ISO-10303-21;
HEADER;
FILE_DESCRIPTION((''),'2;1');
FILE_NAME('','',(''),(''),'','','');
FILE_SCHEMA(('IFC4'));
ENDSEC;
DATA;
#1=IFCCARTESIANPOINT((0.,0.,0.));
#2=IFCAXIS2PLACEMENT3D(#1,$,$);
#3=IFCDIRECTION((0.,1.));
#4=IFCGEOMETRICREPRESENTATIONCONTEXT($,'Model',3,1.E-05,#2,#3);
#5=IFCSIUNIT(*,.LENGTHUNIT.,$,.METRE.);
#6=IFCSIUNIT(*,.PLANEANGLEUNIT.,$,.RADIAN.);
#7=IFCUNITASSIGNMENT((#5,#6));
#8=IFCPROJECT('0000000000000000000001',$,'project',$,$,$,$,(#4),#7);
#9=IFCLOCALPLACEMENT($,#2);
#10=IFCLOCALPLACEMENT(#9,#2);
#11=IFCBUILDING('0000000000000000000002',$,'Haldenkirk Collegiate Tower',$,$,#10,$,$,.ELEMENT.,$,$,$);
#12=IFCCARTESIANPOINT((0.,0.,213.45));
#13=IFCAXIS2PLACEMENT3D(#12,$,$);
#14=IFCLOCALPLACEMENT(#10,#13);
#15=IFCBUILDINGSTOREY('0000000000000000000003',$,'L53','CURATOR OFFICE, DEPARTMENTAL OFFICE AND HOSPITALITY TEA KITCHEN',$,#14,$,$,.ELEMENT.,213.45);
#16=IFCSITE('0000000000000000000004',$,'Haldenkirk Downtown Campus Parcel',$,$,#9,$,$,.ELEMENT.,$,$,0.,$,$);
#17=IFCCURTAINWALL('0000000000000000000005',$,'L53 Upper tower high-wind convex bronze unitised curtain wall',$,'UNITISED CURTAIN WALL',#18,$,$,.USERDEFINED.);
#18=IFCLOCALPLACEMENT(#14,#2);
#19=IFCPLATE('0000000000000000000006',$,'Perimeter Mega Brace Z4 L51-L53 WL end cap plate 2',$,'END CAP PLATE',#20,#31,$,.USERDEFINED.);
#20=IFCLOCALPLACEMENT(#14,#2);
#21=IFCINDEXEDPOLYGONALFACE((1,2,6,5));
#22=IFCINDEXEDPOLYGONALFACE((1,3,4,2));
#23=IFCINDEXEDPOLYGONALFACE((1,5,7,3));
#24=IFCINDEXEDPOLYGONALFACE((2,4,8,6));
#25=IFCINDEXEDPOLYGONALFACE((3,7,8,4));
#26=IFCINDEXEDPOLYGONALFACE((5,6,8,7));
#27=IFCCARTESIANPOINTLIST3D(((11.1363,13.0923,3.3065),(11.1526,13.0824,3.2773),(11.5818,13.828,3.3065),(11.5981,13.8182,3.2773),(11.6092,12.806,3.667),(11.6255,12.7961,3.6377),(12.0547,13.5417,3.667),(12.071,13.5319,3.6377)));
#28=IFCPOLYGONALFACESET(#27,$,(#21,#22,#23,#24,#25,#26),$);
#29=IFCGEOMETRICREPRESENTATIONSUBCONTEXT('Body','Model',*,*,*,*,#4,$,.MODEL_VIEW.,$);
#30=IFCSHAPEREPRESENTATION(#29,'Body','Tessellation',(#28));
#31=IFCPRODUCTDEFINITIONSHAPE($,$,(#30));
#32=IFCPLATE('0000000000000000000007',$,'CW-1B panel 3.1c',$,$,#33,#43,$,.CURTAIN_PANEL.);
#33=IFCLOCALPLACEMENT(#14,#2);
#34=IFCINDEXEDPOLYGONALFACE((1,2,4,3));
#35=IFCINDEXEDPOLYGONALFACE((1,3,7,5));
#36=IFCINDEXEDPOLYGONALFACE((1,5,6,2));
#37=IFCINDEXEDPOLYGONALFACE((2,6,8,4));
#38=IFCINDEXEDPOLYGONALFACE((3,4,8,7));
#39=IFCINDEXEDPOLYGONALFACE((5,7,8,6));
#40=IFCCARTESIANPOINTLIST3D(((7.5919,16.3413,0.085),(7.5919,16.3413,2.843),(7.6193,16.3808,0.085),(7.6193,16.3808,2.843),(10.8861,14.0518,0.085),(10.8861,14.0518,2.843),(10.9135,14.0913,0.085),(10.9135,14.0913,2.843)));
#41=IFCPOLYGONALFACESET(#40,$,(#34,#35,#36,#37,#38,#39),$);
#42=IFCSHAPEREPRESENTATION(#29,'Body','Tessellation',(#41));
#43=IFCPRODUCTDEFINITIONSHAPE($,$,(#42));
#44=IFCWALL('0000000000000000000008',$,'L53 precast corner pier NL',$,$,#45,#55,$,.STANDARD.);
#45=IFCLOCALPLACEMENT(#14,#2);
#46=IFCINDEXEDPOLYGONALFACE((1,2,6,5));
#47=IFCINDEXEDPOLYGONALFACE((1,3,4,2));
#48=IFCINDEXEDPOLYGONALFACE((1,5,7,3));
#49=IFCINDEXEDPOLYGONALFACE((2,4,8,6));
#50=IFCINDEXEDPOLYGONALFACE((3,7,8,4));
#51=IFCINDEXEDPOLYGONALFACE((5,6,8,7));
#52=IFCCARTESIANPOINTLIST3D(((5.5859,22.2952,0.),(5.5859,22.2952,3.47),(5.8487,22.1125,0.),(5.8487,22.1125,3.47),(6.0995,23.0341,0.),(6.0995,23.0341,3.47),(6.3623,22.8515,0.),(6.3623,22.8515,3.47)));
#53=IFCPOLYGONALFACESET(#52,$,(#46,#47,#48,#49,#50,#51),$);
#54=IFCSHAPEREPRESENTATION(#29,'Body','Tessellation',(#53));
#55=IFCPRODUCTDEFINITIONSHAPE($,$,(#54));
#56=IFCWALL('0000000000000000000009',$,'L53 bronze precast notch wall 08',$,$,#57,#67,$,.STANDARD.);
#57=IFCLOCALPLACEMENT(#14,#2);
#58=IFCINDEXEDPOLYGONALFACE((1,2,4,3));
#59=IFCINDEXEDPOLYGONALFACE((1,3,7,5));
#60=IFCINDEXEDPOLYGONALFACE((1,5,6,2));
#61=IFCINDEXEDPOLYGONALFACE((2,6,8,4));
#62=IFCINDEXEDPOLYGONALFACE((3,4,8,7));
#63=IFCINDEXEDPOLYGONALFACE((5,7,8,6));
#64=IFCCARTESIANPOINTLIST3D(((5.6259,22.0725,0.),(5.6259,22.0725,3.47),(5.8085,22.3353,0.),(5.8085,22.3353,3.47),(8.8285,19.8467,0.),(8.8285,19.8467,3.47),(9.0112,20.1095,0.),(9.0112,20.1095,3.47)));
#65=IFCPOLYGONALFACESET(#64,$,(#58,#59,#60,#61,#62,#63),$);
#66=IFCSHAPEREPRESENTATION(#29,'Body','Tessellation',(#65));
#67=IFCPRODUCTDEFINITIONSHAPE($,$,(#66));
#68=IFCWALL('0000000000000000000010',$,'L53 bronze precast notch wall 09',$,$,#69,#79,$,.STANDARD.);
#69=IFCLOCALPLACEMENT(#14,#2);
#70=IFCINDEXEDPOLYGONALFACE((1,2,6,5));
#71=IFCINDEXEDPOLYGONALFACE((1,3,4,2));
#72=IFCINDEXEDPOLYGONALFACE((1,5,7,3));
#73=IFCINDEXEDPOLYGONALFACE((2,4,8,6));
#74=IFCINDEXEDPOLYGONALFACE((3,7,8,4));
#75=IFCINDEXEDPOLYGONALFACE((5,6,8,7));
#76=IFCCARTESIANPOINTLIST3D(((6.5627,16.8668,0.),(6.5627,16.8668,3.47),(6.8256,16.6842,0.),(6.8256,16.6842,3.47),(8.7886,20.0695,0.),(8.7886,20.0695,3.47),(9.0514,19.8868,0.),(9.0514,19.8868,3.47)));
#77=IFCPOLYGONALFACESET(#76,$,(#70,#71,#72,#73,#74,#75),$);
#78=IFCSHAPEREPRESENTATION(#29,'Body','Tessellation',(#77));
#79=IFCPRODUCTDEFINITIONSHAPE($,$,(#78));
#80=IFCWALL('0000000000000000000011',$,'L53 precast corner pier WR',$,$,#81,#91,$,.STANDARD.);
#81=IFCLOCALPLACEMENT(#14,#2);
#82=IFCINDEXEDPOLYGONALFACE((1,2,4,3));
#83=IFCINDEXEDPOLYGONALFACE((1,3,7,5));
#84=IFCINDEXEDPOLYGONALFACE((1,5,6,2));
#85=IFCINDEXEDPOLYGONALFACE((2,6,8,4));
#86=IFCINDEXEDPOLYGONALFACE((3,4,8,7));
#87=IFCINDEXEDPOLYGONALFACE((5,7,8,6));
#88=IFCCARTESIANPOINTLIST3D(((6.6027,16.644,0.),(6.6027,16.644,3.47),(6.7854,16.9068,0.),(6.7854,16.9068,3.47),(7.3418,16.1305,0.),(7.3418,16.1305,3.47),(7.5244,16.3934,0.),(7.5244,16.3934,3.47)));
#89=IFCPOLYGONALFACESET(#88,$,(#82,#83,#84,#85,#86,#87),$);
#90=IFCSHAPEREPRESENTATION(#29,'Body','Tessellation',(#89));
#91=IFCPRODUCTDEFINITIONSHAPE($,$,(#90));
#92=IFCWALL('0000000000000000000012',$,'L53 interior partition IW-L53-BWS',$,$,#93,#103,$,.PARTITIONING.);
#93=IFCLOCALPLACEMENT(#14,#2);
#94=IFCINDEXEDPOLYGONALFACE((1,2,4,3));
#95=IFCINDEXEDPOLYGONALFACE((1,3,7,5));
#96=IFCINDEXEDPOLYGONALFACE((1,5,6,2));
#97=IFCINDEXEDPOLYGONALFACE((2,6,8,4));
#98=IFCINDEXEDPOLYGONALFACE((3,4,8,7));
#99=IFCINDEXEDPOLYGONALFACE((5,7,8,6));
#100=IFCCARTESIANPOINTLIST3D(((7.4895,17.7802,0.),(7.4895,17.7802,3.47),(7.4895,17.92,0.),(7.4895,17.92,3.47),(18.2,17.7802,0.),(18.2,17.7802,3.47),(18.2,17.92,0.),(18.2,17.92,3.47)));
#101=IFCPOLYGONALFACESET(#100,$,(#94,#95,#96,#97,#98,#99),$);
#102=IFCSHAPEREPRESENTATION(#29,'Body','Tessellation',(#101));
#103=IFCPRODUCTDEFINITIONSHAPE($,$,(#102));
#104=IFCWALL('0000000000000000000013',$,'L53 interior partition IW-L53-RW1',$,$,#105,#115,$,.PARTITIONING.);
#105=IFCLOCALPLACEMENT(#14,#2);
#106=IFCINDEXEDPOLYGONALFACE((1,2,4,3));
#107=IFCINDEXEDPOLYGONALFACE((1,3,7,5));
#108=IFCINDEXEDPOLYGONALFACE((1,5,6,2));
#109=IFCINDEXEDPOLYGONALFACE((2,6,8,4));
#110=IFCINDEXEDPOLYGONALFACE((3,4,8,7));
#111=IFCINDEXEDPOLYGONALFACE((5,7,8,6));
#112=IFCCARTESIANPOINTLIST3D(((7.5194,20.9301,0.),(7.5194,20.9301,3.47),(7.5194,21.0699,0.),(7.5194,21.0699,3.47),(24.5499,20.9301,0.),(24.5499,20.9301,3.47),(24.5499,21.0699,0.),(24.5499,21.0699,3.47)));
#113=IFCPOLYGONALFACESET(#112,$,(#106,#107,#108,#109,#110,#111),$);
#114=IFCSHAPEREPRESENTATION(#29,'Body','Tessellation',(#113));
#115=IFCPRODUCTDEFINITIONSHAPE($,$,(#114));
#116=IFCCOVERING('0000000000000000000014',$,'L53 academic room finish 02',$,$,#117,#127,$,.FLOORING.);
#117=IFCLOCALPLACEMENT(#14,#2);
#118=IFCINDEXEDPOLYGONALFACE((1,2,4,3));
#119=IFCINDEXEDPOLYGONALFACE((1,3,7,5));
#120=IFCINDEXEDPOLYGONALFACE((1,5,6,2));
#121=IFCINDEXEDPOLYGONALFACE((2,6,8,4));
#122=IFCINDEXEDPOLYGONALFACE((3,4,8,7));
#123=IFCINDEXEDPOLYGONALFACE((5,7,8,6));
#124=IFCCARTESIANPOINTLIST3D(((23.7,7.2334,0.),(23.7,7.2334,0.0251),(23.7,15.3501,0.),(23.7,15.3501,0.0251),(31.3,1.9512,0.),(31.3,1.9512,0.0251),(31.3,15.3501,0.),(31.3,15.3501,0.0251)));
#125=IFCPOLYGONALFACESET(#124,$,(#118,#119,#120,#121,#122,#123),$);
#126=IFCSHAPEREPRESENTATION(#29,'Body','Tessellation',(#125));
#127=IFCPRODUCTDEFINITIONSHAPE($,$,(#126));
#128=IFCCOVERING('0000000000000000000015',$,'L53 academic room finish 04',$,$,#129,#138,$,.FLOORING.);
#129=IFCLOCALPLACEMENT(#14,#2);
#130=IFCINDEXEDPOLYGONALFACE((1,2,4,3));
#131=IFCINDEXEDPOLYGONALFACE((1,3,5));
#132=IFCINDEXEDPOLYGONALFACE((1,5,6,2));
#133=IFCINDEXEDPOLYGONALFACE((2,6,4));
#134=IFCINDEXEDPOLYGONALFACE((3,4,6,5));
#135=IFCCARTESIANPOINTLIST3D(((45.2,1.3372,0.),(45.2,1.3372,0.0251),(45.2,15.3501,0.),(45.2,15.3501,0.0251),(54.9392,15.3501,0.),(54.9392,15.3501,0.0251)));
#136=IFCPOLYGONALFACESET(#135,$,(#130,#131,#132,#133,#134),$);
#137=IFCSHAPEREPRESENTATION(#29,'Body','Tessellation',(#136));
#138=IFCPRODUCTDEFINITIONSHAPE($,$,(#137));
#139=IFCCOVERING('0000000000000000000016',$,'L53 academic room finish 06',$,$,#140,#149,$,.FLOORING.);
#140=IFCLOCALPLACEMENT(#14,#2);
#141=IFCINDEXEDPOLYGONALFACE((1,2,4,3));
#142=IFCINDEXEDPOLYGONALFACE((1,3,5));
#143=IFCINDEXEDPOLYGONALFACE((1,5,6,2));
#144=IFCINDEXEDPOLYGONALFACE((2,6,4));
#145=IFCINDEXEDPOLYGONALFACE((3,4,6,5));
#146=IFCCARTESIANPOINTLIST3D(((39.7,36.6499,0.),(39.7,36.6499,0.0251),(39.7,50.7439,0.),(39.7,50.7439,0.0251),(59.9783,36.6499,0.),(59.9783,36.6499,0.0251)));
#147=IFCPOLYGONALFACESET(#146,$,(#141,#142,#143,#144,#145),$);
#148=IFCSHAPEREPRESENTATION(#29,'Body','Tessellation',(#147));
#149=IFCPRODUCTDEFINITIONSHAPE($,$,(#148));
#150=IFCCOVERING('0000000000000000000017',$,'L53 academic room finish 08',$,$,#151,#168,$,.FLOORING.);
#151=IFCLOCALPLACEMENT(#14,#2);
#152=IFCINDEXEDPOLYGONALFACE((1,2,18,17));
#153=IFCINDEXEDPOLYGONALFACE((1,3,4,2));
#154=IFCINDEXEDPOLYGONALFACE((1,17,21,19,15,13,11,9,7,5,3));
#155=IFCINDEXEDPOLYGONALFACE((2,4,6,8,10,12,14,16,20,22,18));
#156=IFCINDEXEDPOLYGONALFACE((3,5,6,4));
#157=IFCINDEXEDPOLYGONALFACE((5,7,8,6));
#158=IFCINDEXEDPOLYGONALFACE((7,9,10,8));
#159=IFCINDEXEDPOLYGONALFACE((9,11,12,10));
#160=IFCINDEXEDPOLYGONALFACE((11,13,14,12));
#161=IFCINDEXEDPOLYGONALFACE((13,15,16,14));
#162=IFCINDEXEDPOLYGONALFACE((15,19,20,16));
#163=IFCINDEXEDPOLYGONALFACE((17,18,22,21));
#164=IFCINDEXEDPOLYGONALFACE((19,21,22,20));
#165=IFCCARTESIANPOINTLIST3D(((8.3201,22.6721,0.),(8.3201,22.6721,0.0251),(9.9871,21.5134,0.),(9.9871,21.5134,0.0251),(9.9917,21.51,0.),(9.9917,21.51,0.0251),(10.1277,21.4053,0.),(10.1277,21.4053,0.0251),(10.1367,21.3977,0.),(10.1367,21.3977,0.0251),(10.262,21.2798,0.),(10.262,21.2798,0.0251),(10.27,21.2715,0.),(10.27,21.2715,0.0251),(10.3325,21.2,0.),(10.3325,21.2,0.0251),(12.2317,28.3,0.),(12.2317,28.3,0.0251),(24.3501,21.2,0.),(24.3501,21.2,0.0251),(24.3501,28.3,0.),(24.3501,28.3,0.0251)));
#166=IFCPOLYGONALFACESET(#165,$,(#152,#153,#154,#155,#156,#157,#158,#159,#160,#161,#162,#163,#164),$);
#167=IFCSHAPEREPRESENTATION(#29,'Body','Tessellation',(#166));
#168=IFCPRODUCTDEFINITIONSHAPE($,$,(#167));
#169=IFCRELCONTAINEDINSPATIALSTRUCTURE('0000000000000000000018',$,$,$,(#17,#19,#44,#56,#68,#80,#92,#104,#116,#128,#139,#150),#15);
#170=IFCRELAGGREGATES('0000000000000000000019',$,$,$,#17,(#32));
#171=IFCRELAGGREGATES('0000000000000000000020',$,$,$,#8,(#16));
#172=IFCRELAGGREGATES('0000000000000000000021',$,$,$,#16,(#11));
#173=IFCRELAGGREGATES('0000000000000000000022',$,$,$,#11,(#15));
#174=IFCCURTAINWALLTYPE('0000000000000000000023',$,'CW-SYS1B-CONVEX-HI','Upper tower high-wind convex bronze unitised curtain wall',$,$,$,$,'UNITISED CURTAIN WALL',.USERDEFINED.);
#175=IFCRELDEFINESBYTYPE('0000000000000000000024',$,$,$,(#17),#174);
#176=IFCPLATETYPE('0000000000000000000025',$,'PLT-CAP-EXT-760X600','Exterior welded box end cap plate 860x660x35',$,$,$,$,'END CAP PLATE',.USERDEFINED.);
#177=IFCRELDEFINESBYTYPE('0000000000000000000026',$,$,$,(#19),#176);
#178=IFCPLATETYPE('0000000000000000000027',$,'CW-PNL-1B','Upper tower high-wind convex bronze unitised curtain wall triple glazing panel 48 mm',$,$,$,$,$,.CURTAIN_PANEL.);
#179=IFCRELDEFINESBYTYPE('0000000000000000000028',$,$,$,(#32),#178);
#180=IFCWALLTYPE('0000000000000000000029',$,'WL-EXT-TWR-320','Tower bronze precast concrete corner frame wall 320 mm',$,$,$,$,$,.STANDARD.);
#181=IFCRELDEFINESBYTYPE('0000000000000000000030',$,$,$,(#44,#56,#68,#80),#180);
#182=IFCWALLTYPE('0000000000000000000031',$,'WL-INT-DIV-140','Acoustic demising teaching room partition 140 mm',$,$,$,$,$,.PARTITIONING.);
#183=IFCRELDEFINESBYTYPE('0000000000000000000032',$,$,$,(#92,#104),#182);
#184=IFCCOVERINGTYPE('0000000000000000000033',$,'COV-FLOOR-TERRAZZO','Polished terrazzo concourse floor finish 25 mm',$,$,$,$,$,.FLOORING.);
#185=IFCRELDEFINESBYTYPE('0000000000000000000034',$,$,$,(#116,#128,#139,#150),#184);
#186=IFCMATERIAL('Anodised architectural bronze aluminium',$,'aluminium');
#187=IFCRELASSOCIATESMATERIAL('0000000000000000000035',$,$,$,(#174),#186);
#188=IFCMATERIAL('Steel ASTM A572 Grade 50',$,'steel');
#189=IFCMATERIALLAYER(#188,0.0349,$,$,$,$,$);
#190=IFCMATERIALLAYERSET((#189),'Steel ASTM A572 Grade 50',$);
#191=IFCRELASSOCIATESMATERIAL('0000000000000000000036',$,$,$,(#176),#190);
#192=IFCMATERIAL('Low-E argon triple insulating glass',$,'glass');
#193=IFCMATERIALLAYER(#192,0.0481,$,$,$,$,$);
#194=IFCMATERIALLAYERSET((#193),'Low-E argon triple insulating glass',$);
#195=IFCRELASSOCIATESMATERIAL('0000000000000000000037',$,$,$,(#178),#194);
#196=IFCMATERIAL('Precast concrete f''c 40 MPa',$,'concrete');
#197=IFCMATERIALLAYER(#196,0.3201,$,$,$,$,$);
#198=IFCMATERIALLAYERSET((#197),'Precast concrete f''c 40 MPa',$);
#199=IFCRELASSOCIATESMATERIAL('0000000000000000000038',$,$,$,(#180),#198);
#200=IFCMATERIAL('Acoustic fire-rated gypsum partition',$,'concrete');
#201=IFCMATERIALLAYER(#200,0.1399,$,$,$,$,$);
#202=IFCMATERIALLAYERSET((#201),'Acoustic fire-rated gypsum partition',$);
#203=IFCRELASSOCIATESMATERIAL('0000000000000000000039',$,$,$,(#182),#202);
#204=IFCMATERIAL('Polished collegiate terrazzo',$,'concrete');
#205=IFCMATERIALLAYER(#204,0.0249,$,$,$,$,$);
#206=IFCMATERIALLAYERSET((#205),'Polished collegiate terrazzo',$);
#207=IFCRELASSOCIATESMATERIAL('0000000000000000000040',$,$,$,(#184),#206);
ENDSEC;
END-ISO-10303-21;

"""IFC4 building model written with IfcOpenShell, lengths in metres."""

from ifc_helpers import new_model, si_unit, direction, frame, frame_2d, origin, origin_2d, place, context, subcontext, project, spatial, polyline, rectangle, outline, extrude, source, transform, mapped, material, layer, layer_set, type_object, element, aggregate, save


model = new_model("IFC4")

# Units and contexts
model_context = context("Model", 3, precision=1e-05, world=origin(), true_north=direction((0.0, 1.0)))
body_context = subcontext(model_context, "Body", "Model", "MODEL_VIEW")
ifc_project = project(units=[si_unit("LENGTHUNIT", "METRE"), si_unit("PLANEANGLEUNIT", "RADIAN")], contexts=[model_context])

# Site, building, storey
site_placement = place(None, origin())
site = spatial("IfcSite", under=ifc_project, at=site_placement, Name="Haldenkirk Downtown Campus Parcel", CompositionType="ELEMENT", RefElevation=0.0)
building_placement = place(site_placement, origin())
building = spatial("IfcBuilding", under=site, at=building_placement, Name="Haldenkirk Collegiate Tower", CompositionType="ELEMENT")
storey_placement = place(building_placement, frame((0.0, 0.0, 213.45)))
storey = spatial("IfcBuildingStorey", under=building, at=storey_placement, Name="L53", Description="CURATOR OFFICE, DEPARTMENTAL OFFICE AND HOSPITALITY TEA KITCHEN", CompositionType="ELEMENT", Elevation=213.45)

# Shared definitions
ifc_material_1 = material(Name="Steel ASTM A572 Grade 50", Category="steel")

# Curtain wall
ifc_material_2 = material(Name="Anodised architectural bronze aluminium", Category="aluminium")
curtain_wall_type = type_object("IfcCurtainWallType", Name="CW-SYS1B-CONVEX-HI", Description="Upper tower high-wind convex bronze unitised curtain wall", ElementType="UNITISED CURTAIN WALL", PredefinedType="USERDEFINED", material=ifc_material_2)
curtain_wall_placement = place(storey_placement, origin())
curtain_wall = element("IfcCurtainWall", 1, at=curtain_wall_placement, inside=storey, type_object=curtain_wall_type, Name="L53 Upper tower high-wind convex bronze unitised curtain wall", ObjectType="UNITISED CURTAIN WALL", PredefinedType="USERDEFINED")

# Plates
ifc_layer_1 = layer(ifc_material_1, 0.0349)
ifc_layer_set_1 = layer_set([ifc_layer_1], Name="Steel ASTM A572 Grade 50")
plate_type_1 = type_object("IfcPlateType", Name="PLT-CAP-EXT-760X600", Description="Exterior welded box end cap plate 860x660x35", ElementType="END CAP PLATE", PredefinedType="USERDEFINED", material=ifc_layer_set_1)
shared_shape_1 = source(origin(), body_context, "Body", "SweptSolid", [
    extrude(rectangle(XDim=0.8601, YDim=0.6599, at=origin_2d()), origin(), (0.0, 0.0, 1.0), 0.0349),
])
plate_1_placement = place(storey_placement, frame((11.6118, 13.3071, 3.4575), z_axis=(-0.467232, 0.282896, 0.837654), x_axis=(-0.517934, -0.855421, 0.0)))
element("IfcPlate", 2, at=plate_1_placement, inside=storey, type_object=plate_type_1, Name="Perimeter Mega Brace Z4 L51-L53 WL end cap plate 2", ObjectType="END CAP PLATE", PredefinedType="USERDEFINED", context=body_context, shape_type="MappedRepresentation", body=[
    mapped(shared_shape_1, transform((0.0, 0.0, 0.0), x_axis=(1.0, 0.0, 0.0), y_axis=(0.0, 1.0, 0.0), z_axis=(0.0, 0.0, 1.0), scale=1.0)),
])
ifc_material_3 = material(Name="Low-E argon triple insulating glass", Category="glass")
ifc_layer_2 = layer(ifc_material_3, 0.0481)
ifc_layer_set_2 = layer_set([ifc_layer_2], Name="Low-E argon triple insulating glass")
plate_type_2 = type_object("IfcPlateType", Name="CW-PNL-1B", Description="Upper tower high-wind convex bronze unitised curtain wall triple glazing panel 48 mm", PredefinedType="CURTAIN_PANEL", material=ifc_layer_set_2)
shared_shape_2 = source(origin(), body_context, "Body", "SweptSolid", [
    extrude(rectangle(XDim=4.0117, YDim=0.0481, at=origin_2d()), origin(), (0.0, 0.0, 1.0), 2.7581),
])
plate_2_placement = place(storey_placement, frame((9.2527, 15.2163, 0.085), z_axis=(0.0, 0.0, 1.0), x_axis=(-0.821148, 0.570715, 0.0)))
plate_2 = element("IfcPlate", 3, at=plate_2_placement, type_object=plate_type_2, Name="CW-1B panel 3.1c", PredefinedType="CURTAIN_PANEL", context=body_context, shape_type="MappedRepresentation", body=[
    mapped(shared_shape_2, transform((0.0, 0.0, 0.0), x_axis=(1.0, 0.0, 0.0), y_axis=(0.0, 1.0, 0.0), z_axis=(0.0, 0.0, 1.0), scale=1.0)),
])
aggregate(curtain_wall, [plate_2])

# Walls
ifc_material_4 = material(Name="Precast concrete f'c 40 MPa", Category="concrete")
ifc_layer_3 = layer(ifc_material_4, 0.3201)
ifc_layer_set_3 = layer_set([ifc_layer_3], Name="Precast concrete f'c 40 MPa")
wall_type_1 = type_object("IfcWallType", Name="WL-EXT-TWR-320", Description="Tower bronze precast concrete corner frame wall 320 mm", PredefinedType="STANDARD", material=ifc_layer_set_3)
wall_1_placement = place(storey_placement, frame((5.7173, 22.2039, 0.0), z_axis=(0.0, 0.0, 1.0), x_axis=(0.570747, 0.821126, 0.0)))
element("IfcWall", 4, at=wall_1_placement, inside=storey, type_object=wall_type_1, Name="L53 precast corner pier NL", PredefinedType="STANDARD", context=body_context, shape_type="SweptSolid", body=[
    extrude(rectangle(XDim=0.8999, YDim=0.3201, at=frame_2d((0.45, 0.0))), origin(), (0.0, 0.0, 1.0), 3.47),
])
for number, where, z_axis, x_axis, name in (
    (5, (8.9199, 19.978, 0.0), (0.0, 0.0, 1.0), (-0.821156, 0.570703, 0.0), "L53 bronze precast notch wall 08"),
    (6, (6.6941, 16.7754, 0.0), (0.0, 0.0, 1.0), (0.570703, 0.821156, 0.0), "L53 bronze precast notch wall 09"),
):
    element("IfcWall", number, at=place(storey_placement, frame(where, z_axis=z_axis, x_axis=x_axis)), inside=storey, type_object=wall_type_1, Name=name, PredefinedType="STANDARD", context=body_context, shape_type="SweptSolid", body=[
        extrude(rectangle(XDim=3.9001, YDim=0.3201, at=frame_2d((1.9502, 0.0))), origin(), (0.0, 0.0, 1.0), 3.47),
    ])
wall_2_placement = place(storey_placement, frame((7.4331, 16.262, 0.0), z_axis=(0.0, 0.0, 1.0), x_axis=(-0.821253, 0.570564, 0.0)))
element("IfcWall", 7, at=wall_2_placement, inside=storey, type_object=wall_type_1, Name="L53 precast corner pier WR", PredefinedType="STANDARD", context=body_context, shape_type="SweptSolid", body=[
    extrude(rectangle(XDim=0.8999, YDim=0.3201, at=frame_2d((0.45, 0.0))), origin(), (0.0, 0.0, 1.0), 3.47),
])
ifc_material_5 = material(Name="Acoustic fire-rated gypsum partition", Category="concrete")
ifc_layer_4 = layer(ifc_material_5, 0.1399)
ifc_layer_set_4 = layer_set([ifc_layer_4], Name="Acoustic fire-rated gypsum partition")
wall_type_2 = type_object("IfcWallType", Name="WL-INT-DIV-140", Description="Acoustic demising teaching room partition 140 mm", PredefinedType="PARTITIONING", material=ifc_layer_set_4)
wall_3_placement = place(storey_placement, frame((7.4895, 17.8501, 0.0), z_axis=(0.0, 0.0, 1.0), x_axis=(1.0, 0.0, 0.0)))
element("IfcWall", 8, at=wall_3_placement, inside=storey, type_object=wall_type_2, Name="L53 interior partition IW-L53-BWS", PredefinedType="PARTITIONING", context=body_context, shape_type="SweptSolid", body=[
    extrude(rectangle(XDim=10.7104, YDim=0.1399, at=frame_2d((5.3552, 0.0))), origin(), (0.0, 0.0, 1.0), 3.47),
])
wall_4_placement = place(storey_placement, frame((7.5195, 21.0, 0.0), z_axis=(0.0, 0.0, 1.0), x_axis=(1.0, 0.0, 0.0)))
element("IfcWall", 9, at=wall_4_placement, inside=storey, type_object=wall_type_2, Name="L53 interior partition IW-L53-RW1", PredefinedType="PARTITIONING", context=body_context, shape_type="SweptSolid", body=[
    extrude(rectangle(XDim=17.0305, YDim=0.1399, at=frame_2d((8.5151, 0.0))), origin(), (0.0, 0.0, 1.0), 3.47),
])

# Coverings
ifc_material_6 = material(Name="Polished collegiate terrazzo", Category="concrete")
ifc_layer_5 = layer(ifc_material_6, 0.0249)
ifc_layer_set_5 = layer_set([ifc_layer_5], Name="Polished collegiate terrazzo")
covering_type_1 = type_object("IfcCoveringType", Name="COV-FLOOR-TERRAZZO", Description="Polished terrazzo concourse floor finish 25 mm", PredefinedType="FLOORING", material=ifc_layer_set_5)
covering_1_placement = place(storey_placement, origin())
element("IfcCovering", 10, at=covering_1_placement, inside=storey, type_object=covering_type_1, Name="L53 academic room finish 02", PredefinedType="FLOORING", context=body_context, shape_type="SweptSolid", body=[
    extrude(outline(polyline([(23.7, 7.2334), (23.7, 15.3501), (31.3, 15.3501), (31.3, 1.9512), (23.7, 7.2334)])), origin(), (0.0, 0.0, 1.0), 0.0251),
])
covering_2_placement = place(storey_placement, origin())
element("IfcCovering", 11, at=covering_2_placement, inside=storey, type_object=covering_type_1, Name="L53 academic room finish 04", PredefinedType="FLOORING", context=body_context, shape_type="SweptSolid", body=[
    extrude(outline(polyline([(45.2, 1.3372), (45.2, 15.3501), (54.9392, 15.3501), (45.2, 1.3372)])), origin(), (0.0, 0.0, 1.0), 0.0251),
])
covering_3_placement = place(storey_placement, origin())
element("IfcCovering", 12, at=covering_3_placement, inside=storey, type_object=covering_type_1, Name="L53 academic room finish 06", PredefinedType="FLOORING", context=body_context, shape_type="SweptSolid", body=[
    extrude(outline(polyline([(59.9783, 36.6499), (39.7, 36.6499), (39.7, 50.7439), (59.9783, 36.6499)])), origin(), (0.0, 0.0, 1.0), 0.0251),
])
covering_4_placement = place(storey_placement, origin())
element("IfcCovering", 13, at=covering_4_placement, inside=storey, type_object=covering_type_1, Name="L53 academic room finish 08", PredefinedType="FLOORING", context=body_context, shape_type="SweptSolid", body=[
    extrude(outline(polyline([(10.27, 21.2715), (10.262, 21.2798), (10.1367, 21.3977), (10.1277, 21.4053), (9.9917, 21.51), (9.9871, 21.5134), (8.3201, 22.6721), (12.2317, 28.3), (24.3501, 28.3), (24.3501, 21.2), (10.3325, 21.2), (10.27, 21.2715)])), origin(), (0.0, 0.0, 1.0), 0.0251),
])

save(model, "model.ifc")
